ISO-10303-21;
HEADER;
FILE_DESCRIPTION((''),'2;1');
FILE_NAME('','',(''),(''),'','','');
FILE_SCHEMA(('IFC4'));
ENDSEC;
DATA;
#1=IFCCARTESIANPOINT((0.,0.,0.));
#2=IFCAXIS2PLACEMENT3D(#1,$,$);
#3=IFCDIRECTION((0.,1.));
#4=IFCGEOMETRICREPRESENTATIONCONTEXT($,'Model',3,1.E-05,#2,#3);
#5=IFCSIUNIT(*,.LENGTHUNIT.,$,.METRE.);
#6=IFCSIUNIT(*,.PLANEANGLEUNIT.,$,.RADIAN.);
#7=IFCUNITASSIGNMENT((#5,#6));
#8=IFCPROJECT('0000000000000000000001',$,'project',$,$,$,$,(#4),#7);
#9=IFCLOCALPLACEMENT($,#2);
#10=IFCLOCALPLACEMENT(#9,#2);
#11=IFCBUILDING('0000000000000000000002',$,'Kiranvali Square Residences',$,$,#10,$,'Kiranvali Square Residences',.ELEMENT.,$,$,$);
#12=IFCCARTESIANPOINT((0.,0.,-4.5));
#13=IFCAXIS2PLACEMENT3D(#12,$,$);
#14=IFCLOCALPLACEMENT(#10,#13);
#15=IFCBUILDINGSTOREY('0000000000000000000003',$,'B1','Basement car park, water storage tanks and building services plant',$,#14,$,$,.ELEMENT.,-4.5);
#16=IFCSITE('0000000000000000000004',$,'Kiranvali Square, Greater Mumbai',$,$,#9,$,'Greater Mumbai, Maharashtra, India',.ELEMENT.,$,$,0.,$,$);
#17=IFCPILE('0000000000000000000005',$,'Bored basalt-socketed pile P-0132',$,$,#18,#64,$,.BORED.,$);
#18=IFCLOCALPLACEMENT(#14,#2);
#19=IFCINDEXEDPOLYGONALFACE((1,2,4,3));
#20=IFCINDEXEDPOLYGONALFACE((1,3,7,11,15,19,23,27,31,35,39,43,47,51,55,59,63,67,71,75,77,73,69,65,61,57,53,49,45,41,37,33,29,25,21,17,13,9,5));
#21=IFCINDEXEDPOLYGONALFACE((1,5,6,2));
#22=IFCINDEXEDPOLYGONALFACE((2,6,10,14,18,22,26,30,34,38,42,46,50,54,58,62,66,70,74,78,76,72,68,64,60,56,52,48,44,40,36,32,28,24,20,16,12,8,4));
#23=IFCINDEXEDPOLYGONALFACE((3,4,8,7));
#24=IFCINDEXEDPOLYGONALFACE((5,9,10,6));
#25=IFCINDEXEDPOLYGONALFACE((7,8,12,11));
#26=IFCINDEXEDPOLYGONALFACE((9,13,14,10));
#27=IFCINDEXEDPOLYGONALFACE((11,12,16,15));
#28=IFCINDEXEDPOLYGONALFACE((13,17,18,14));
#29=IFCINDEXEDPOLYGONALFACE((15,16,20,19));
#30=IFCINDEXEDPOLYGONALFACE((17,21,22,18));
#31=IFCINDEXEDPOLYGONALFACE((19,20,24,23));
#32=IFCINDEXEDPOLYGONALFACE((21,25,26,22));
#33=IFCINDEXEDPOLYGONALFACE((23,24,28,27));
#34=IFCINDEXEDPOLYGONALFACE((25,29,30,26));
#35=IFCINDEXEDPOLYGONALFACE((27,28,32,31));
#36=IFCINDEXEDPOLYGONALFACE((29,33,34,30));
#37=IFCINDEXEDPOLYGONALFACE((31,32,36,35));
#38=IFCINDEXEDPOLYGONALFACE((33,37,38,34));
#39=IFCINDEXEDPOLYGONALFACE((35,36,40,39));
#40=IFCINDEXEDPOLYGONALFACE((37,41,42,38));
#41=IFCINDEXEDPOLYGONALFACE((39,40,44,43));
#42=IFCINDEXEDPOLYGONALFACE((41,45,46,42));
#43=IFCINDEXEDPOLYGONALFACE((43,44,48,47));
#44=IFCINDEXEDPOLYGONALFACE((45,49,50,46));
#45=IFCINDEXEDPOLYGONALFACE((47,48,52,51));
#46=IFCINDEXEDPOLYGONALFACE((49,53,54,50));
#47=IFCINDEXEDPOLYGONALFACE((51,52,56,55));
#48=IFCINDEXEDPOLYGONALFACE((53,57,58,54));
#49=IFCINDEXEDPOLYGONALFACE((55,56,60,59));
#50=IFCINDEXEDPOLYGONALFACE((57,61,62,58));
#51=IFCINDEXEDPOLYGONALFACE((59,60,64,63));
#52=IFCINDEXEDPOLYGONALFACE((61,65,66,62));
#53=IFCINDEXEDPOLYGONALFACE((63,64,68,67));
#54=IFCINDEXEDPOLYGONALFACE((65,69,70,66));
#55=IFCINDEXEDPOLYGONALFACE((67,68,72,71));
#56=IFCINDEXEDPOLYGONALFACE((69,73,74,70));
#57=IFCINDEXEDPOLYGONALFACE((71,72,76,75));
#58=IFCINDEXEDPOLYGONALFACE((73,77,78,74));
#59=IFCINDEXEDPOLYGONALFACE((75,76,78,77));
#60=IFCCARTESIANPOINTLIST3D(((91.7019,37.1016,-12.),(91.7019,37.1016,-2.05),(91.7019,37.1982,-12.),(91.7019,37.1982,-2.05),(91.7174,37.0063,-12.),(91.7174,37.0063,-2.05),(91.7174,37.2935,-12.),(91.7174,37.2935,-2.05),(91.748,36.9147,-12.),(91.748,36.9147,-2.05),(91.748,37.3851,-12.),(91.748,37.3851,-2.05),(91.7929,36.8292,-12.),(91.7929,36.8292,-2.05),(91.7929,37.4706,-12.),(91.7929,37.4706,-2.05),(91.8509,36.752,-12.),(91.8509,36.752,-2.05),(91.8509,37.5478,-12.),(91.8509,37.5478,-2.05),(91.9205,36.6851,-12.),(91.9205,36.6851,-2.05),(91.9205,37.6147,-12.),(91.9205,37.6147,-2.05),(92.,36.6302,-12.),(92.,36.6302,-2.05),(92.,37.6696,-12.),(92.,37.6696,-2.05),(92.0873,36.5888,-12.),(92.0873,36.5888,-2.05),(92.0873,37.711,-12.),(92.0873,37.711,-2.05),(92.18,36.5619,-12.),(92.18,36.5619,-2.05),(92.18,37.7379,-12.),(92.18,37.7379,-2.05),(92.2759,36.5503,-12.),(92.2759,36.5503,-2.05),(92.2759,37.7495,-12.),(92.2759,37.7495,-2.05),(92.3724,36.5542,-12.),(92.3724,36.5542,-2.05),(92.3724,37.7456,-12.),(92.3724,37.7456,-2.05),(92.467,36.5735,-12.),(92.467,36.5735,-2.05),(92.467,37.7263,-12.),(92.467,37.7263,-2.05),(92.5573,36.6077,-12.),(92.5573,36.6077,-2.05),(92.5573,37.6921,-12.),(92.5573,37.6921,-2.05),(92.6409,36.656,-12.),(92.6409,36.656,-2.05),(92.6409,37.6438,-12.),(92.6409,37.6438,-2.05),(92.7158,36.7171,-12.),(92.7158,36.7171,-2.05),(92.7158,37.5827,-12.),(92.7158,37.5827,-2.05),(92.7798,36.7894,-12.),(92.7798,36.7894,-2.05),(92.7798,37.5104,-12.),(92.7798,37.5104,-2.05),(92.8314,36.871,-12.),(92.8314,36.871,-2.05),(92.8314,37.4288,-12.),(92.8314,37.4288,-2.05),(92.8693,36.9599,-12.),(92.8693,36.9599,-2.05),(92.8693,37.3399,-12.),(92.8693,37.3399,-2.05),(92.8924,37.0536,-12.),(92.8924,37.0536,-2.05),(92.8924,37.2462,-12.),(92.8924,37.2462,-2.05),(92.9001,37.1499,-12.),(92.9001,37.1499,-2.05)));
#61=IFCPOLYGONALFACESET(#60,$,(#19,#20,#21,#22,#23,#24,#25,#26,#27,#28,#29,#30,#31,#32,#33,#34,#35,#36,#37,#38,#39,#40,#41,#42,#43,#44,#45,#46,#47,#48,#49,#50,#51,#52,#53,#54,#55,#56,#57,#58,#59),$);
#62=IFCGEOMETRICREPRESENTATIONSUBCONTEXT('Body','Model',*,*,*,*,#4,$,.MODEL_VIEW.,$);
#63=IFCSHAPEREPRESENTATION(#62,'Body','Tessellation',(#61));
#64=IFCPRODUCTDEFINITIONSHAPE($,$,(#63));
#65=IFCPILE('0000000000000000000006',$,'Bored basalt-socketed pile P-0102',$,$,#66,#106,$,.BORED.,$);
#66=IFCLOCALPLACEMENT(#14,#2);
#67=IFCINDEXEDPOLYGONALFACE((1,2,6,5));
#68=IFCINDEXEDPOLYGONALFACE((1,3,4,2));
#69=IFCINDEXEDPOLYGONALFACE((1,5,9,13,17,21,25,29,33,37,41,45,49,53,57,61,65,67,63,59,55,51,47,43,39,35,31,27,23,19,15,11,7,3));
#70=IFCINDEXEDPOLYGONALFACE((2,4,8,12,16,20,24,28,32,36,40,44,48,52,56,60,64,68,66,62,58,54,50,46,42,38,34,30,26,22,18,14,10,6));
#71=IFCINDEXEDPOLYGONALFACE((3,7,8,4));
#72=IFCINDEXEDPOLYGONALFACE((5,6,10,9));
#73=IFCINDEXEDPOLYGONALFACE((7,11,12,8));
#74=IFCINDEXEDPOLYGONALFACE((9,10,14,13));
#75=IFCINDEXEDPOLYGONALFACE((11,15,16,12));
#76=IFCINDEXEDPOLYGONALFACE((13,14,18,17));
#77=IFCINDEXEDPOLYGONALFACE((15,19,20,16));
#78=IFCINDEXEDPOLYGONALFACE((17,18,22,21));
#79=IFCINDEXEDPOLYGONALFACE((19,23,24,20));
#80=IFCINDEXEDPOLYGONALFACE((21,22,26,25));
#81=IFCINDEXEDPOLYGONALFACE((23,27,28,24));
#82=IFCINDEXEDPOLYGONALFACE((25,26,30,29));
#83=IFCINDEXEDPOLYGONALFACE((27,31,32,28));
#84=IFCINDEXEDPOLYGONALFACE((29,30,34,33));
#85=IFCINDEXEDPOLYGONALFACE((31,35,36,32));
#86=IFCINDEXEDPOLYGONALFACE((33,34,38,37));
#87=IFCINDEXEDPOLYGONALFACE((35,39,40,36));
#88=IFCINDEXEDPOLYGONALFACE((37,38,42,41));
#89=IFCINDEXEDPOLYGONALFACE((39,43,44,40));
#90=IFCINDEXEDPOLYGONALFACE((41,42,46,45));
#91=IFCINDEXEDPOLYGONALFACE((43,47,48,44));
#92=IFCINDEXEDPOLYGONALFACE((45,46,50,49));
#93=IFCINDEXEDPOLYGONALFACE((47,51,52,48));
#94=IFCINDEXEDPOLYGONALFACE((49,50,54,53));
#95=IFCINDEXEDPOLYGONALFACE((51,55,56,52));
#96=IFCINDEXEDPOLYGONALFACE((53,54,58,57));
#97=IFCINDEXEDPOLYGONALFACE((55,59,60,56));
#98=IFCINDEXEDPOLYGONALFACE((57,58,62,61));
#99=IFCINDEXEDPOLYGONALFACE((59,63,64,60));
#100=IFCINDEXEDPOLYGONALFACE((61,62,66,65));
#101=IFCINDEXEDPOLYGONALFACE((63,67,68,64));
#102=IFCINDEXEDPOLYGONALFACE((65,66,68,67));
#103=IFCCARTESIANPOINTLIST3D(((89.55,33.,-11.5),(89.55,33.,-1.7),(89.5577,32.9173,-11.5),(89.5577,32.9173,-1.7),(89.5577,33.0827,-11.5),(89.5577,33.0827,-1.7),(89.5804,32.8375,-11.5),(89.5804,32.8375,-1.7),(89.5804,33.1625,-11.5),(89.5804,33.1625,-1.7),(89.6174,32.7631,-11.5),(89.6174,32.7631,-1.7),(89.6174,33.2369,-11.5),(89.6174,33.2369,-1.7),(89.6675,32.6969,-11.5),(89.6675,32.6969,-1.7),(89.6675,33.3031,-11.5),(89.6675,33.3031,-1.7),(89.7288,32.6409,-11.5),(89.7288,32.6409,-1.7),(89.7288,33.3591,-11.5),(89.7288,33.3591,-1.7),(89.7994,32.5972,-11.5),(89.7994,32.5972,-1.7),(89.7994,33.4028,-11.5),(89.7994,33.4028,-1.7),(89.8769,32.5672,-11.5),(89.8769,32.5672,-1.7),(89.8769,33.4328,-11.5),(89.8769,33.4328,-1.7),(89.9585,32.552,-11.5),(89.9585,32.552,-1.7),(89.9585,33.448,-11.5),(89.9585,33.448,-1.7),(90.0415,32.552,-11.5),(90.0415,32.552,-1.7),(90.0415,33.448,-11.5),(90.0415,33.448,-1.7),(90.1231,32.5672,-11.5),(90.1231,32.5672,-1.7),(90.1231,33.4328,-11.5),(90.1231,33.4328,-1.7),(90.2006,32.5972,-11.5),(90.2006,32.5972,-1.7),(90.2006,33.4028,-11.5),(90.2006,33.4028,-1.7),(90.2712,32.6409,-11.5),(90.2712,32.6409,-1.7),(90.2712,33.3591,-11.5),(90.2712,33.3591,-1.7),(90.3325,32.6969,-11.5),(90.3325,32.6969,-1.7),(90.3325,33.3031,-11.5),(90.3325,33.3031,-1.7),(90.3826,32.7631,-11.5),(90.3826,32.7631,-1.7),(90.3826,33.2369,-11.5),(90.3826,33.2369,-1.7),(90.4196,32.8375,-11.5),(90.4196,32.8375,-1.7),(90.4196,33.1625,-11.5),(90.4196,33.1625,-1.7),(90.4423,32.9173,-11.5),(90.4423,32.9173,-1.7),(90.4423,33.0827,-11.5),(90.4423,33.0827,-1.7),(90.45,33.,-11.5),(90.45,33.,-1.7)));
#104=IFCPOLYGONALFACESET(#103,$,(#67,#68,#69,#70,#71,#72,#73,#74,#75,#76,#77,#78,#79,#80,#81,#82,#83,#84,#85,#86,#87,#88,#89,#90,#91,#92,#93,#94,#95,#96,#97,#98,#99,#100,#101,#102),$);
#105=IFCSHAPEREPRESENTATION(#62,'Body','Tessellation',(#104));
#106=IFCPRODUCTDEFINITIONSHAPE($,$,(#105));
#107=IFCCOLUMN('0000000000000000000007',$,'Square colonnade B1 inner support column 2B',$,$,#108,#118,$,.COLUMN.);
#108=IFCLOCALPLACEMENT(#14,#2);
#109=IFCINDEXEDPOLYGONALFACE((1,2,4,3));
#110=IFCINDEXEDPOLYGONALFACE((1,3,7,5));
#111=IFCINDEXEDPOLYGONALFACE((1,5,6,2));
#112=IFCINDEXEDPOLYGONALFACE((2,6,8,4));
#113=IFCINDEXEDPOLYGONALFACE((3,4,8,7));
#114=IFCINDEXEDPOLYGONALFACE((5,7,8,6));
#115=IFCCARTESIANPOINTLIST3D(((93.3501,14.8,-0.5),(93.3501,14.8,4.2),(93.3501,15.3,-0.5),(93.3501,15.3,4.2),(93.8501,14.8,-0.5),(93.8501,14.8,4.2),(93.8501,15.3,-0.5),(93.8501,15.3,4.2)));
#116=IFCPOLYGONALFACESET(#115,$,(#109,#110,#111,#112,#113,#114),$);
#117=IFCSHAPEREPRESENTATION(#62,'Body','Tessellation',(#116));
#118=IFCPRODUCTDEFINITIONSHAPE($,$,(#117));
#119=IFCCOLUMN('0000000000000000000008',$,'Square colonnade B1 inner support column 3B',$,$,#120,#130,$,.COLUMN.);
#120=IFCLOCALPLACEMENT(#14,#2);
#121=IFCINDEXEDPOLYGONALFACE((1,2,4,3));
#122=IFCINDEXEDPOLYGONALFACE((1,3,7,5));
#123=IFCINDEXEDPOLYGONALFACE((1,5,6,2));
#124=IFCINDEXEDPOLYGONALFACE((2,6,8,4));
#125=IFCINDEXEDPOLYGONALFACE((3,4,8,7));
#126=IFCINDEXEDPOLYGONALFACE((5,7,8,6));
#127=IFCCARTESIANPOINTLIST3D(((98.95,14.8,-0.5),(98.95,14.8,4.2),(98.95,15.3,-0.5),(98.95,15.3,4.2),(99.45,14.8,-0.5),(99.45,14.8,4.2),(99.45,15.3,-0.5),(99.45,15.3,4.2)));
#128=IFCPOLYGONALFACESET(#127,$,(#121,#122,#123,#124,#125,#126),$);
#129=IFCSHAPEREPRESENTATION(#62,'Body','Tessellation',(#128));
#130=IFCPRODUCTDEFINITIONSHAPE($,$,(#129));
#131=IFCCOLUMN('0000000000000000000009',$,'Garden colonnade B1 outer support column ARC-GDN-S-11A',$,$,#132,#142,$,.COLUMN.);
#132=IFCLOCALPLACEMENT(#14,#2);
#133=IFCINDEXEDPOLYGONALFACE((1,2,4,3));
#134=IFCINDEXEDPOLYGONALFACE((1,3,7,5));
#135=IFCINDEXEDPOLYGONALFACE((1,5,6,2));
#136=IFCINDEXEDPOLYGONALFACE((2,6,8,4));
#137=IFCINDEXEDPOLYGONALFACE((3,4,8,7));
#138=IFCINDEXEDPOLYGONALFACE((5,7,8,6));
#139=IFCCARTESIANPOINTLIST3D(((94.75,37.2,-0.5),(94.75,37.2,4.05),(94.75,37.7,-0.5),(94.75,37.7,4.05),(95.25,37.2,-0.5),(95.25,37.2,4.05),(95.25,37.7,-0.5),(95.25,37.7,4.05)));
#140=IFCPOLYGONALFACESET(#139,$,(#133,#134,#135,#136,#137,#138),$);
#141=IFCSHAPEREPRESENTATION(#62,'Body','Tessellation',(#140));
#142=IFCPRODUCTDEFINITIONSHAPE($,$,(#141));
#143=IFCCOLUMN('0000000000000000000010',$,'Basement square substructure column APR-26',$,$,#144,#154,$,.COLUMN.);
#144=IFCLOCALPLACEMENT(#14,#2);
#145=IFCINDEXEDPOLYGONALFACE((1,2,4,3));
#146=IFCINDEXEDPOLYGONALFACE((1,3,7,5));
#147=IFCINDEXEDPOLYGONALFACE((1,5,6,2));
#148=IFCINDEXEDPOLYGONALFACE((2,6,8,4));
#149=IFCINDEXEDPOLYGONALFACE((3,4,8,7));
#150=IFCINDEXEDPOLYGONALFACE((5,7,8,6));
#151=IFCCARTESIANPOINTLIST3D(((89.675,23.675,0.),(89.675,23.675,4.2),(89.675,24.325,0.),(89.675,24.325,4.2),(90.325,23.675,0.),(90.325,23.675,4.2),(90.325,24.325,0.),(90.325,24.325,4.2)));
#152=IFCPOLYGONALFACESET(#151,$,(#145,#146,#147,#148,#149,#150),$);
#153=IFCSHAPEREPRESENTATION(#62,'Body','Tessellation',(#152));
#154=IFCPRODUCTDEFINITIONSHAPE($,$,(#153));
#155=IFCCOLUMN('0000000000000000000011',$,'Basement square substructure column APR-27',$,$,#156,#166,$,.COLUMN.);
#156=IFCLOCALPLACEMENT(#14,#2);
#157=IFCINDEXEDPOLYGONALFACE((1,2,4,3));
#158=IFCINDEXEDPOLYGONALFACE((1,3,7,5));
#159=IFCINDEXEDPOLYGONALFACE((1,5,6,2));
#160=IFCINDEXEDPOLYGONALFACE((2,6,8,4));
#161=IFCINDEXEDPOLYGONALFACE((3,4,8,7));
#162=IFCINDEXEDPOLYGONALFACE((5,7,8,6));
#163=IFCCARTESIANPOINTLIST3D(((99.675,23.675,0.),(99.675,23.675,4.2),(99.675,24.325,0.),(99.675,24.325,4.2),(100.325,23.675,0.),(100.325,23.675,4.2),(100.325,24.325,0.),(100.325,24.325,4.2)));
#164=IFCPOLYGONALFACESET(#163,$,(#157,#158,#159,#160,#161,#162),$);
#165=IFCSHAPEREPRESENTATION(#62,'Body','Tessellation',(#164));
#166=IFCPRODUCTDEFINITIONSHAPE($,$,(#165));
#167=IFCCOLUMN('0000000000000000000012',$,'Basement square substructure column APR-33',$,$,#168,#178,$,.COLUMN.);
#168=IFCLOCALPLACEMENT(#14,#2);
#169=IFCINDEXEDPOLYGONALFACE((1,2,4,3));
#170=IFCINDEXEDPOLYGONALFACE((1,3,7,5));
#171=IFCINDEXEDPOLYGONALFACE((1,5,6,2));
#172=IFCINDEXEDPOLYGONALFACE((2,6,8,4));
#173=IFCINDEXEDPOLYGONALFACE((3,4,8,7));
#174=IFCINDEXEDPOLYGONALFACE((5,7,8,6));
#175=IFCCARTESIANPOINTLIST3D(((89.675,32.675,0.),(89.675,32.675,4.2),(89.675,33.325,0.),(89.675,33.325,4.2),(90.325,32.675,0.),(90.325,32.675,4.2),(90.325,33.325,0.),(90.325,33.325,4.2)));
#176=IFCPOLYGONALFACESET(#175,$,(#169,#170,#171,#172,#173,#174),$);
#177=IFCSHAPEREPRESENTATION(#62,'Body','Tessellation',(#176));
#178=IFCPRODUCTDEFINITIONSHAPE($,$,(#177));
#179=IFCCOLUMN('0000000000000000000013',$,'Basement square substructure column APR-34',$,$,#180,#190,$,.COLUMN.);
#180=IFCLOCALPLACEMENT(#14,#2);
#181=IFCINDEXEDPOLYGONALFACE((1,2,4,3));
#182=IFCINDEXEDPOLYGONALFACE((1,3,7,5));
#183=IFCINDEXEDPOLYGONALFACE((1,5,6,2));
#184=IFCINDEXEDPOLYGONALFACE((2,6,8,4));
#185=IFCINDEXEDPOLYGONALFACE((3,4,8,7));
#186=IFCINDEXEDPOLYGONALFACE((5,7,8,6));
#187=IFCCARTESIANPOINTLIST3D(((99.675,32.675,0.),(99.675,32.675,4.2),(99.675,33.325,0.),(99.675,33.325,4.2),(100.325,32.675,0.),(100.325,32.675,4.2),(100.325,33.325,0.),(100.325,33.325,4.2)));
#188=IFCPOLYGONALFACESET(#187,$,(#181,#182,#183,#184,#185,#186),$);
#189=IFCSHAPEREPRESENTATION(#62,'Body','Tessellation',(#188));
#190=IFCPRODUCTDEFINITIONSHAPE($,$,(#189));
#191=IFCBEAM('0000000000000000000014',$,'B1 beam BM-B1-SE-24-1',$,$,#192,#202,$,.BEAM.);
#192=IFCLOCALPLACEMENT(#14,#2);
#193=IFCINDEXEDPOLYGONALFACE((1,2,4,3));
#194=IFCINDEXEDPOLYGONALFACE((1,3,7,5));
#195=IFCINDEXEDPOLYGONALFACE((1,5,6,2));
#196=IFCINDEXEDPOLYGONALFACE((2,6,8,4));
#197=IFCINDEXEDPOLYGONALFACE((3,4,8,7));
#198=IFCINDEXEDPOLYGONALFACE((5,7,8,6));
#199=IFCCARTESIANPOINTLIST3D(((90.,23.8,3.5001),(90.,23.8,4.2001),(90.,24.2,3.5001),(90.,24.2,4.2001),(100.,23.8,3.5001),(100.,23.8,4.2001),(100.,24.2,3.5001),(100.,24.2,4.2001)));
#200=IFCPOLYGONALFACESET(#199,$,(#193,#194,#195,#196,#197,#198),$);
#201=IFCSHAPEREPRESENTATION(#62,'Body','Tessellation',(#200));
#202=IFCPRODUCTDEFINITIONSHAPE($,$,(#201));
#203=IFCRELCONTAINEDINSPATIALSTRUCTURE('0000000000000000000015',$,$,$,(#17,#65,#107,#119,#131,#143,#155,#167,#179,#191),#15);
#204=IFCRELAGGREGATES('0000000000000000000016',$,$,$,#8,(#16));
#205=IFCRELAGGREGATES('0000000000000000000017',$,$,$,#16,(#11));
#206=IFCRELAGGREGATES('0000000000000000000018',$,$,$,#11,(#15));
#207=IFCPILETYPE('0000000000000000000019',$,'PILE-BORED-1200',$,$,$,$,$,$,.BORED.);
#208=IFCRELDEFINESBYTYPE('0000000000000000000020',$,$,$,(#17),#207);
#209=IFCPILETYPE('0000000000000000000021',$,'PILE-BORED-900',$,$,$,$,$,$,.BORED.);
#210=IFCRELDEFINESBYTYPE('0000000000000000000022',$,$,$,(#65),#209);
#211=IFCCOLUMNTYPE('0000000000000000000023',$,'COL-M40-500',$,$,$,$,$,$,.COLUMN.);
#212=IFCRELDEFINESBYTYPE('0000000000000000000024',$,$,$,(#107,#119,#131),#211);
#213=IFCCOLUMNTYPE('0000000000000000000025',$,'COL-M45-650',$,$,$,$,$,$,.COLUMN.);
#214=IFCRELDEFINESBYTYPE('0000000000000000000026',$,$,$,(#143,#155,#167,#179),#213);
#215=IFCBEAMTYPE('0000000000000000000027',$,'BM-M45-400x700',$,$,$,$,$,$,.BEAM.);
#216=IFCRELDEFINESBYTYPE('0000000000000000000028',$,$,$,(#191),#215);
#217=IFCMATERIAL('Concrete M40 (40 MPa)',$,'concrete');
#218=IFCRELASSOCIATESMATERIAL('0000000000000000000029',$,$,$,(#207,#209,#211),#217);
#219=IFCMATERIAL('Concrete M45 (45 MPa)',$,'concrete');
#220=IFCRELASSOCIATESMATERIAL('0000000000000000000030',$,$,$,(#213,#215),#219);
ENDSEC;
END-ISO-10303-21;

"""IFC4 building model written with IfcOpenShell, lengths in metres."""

from ifc_helpers import new_model, si_unit, direction, frame, origin, origin_2d, place, context, subcontext, project, spatial, rectangle, circle, extrude, material, material_profile, profile_set, type_object, element, save


model = new_model("IFC4")

# Units and contexts
model_context = context("Model", 3, precision=1e-05, world=origin(), true_north=direction((0.0, 1.0)))
body_context = subcontext(model_context, "Body", "Model", "MODEL_VIEW")
ifc_project = project(units=[si_unit("LENGTHUNIT", "METRE"), si_unit("PLANEANGLEUNIT", "RADIAN")], contexts=[model_context])

# Site, building, storey
site_placement = place(None, origin())
site = spatial("IfcSite", under=ifc_project, at=site_placement, Name="Kiranvali Square, Greater Mumbai", LongName="Greater Mumbai, Maharashtra, India", CompositionType="ELEMENT", RefElevation=0.0)
building_placement = place(site_placement, origin())
building = spatial("IfcBuilding", under=site, at=building_placement, Name="Kiranvali Square Residences", LongName="Kiranvali Square Residences", CompositionType="ELEMENT")
storey_placement = place(building_placement, frame((0.0, 0.0, -4.5)))
storey = spatial("IfcBuildingStorey", under=building, at=storey_placement, Name="B1", Description="Basement car park, water storage tanks and building services plant", CompositionType="ELEMENT", Elevation=-4.5)

# Shared definitions
ifc_material_1 = material(Name="Concrete M40 (40 MPa)", Category="concrete")

# Piles
ifc_material_profile_1 = material_profile(ifc_material_1, circle(Radius=0.6001, at=origin_2d()), Name="BORED PILE 1200")
ifc_profile_set_1 = profile_set([ifc_material_profile_1], Name="Concrete M40 (40 MPa)")
pile_type_1 = type_object("IfcPileType", Name="PILE-BORED-1200", PredefinedType="BORED", material=ifc_profile_set_1)
pile_1_placement = place(storey_placement, frame((92.3, 37.1499, -2.05), z_axis=(0.0, 0.0, -1.0), x_axis=(1.0, 0.0, 0.0)))
element("IfcPile", 1, at=pile_1_placement, inside=storey, type_object=pile_type_1, Name="Bored basalt-socketed pile P-0132", PredefinedType="BORED", context=body_context, shape_type="SweptSolid", body=[
    extrude(circle(Radius=0.6001, at=origin_2d()), origin(), (0.0, 0.0, 1.0), 9.95),
])
ifc_material_profile_2 = material_profile(ifc_material_1, circle(Radius=0.45, at=origin_2d()), Name="BORED PILE 900")
ifc_profile_set_2 = profile_set([ifc_material_profile_2], Name="Concrete M40 (40 MPa)")
pile_type_2 = type_object("IfcPileType", Name="PILE-BORED-900", PredefinedType="BORED", material=ifc_profile_set_2)
pile_2_placement = place(storey_placement, frame((90.0, 33.0, -1.7), z_axis=(0.0, 0.0, -1.0), x_axis=(1.0, 0.0, 0.0)))
element("IfcPile", 2, at=pile_2_placement, inside=storey, type_object=pile_type_2, Name="Bored basalt-socketed pile P-0102", PredefinedType="BORED", context=body_context, shape_type="SweptSolid", body=[
    extrude(circle(Radius=0.45, at=origin_2d()), origin(), (0.0, 0.0, 1.0), 9.8),
])

# Columns
ifc_material_profile_3 = material_profile(ifc_material_1, rectangle(XDim=0.5, YDim=0.5, at=origin_2d()), Name="RC 500x500")
ifc_profile_set_3 = profile_set([ifc_material_profile_3], Name="Concrete M40 (40 MPa)")
column_type_1 = type_object("IfcColumnType", Name="COL-M40-500", PredefinedType="COLUMN", material=ifc_profile_set_3)
for number, where, z_axis, x_axis, name in (
    (3, (93.6001, 15.05, -0.5), (0.0, 0.0, 1.0), (1.0, 0.0, 0.0), "Square colonnade B1 inner support column 2B"),
    (4, (99.2, 15.05, -0.5), (0.0, 0.0, 1.0), (1.0, 0.0, 0.0), "Square colonnade B1 inner support column 3B"),
):
    element("IfcColumn", number, at=place(storey_placement, frame(where, z_axis=z_axis, x_axis=x_axis)), inside=storey, type_object=column_type_1, Name=name, PredefinedType="COLUMN", context=body_context, shape_type="SweptSolid", body=[
        extrude(rectangle(XDim=0.5, YDim=0.5, at=origin_2d()), origin(), (0.0, 0.0, 1.0), 4.7),
    ])
column_placement = place(storey_placement, frame((95.0, 37.45, -0.5), z_axis=(0.0, 0.0, 1.0), x_axis=(1.0, 0.0, 0.0)))
element("IfcColumn", 5, at=column_placement, inside=storey, type_object=column_type_1, Name="Garden colonnade B1 outer support column ARC-GDN-S-11A", PredefinedType="COLUMN", context=body_context, shape_type="SweptSolid", body=[
    extrude(rectangle(XDim=0.5, YDim=0.5, at=origin_2d()), origin(), (0.0, 0.0, 1.0), 4.55),
])
ifc_material_2 = material(Name="Concrete M45 (45 MPa)", Category="concrete")
ifc_material_profile_4 = material_profile(ifc_material_2, rectangle(XDim=0.6499, YDim=0.6499, at=origin_2d()), Name="RC 650x650")
ifc_profile_set_4 = profile_set([ifc_material_profile_4], Name="Concrete M45 (45 MPa)")
column_type_2 = type_object("IfcColumnType", Name="COL-M45-650", PredefinedType="COLUMN", material=ifc_profile_set_4)
for number, where, z_axis, x_axis, name in (
    (6, (90.0, 24.0, 0.0), (0.0, 0.0, 1.0), (1.0, 0.0, 0.0), "Basement square substructure column APR-26"),
    (7, (100.0, 24.0, 0.0), (0.0, 0.0, 1.0), (1.0, 0.0, 0.0), "Basement square substructure column APR-27"),
    (8, (90.0, 33.0, 0.0), (0.0, 0.0, 1.0), (1.0, 0.0, 0.0), "Basement square substructure column APR-33"),
    (9, (100.0, 33.0, 0.0), (0.0, 0.0, 1.0), (1.0, 0.0, 0.0), "Basement square substructure column APR-34"),
):
    element("IfcColumn", number, at=place(storey_placement, frame(where, z_axis=z_axis, x_axis=x_axis)), inside=storey, type_object=column_type_2, Name=name, PredefinedType="COLUMN", context=body_context, shape_type="SweptSolid", body=[
        extrude(rectangle(XDim=0.6499, YDim=0.6499, at=origin_2d()), origin(), (0.0, 0.0, 1.0), 4.2),
    ])

# Beam
ifc_material_profile_5 = material_profile(ifc_material_2, rectangle(XDim=0.3999, YDim=0.7, at=origin_2d()), Name="RC 400x700")
ifc_profile_set_5 = profile_set([ifc_material_profile_5], Name="Concrete M45 (45 MPa)")
beam_type = type_object("IfcBeamType", Name="BM-M45-400x700", PredefinedType="BEAM", material=ifc_profile_set_5)
for number, where, z_axis, x_axis, name in (
    (10, (90.0, 24.0, 3.8501), (1.0, 0.0, 0.0), (0.0, 1.0, 0.0), "B1 beam BM-B1-SE-24-1"),
):
    element("IfcBeam", number, at=place(storey_placement, frame(where, z_axis=z_axis, x_axis=x_axis)), inside=storey, type_object=beam_type, Name=name, PredefinedType="BEAM", context=body_context, shape_type="SweptSolid", body=[
        extrude(rectangle(XDim=0.3999, YDim=0.7, at=origin_2d()), origin(), (0.0, 0.0, 1.0), 10.0),
    ])

save(model, "model.ifc")
